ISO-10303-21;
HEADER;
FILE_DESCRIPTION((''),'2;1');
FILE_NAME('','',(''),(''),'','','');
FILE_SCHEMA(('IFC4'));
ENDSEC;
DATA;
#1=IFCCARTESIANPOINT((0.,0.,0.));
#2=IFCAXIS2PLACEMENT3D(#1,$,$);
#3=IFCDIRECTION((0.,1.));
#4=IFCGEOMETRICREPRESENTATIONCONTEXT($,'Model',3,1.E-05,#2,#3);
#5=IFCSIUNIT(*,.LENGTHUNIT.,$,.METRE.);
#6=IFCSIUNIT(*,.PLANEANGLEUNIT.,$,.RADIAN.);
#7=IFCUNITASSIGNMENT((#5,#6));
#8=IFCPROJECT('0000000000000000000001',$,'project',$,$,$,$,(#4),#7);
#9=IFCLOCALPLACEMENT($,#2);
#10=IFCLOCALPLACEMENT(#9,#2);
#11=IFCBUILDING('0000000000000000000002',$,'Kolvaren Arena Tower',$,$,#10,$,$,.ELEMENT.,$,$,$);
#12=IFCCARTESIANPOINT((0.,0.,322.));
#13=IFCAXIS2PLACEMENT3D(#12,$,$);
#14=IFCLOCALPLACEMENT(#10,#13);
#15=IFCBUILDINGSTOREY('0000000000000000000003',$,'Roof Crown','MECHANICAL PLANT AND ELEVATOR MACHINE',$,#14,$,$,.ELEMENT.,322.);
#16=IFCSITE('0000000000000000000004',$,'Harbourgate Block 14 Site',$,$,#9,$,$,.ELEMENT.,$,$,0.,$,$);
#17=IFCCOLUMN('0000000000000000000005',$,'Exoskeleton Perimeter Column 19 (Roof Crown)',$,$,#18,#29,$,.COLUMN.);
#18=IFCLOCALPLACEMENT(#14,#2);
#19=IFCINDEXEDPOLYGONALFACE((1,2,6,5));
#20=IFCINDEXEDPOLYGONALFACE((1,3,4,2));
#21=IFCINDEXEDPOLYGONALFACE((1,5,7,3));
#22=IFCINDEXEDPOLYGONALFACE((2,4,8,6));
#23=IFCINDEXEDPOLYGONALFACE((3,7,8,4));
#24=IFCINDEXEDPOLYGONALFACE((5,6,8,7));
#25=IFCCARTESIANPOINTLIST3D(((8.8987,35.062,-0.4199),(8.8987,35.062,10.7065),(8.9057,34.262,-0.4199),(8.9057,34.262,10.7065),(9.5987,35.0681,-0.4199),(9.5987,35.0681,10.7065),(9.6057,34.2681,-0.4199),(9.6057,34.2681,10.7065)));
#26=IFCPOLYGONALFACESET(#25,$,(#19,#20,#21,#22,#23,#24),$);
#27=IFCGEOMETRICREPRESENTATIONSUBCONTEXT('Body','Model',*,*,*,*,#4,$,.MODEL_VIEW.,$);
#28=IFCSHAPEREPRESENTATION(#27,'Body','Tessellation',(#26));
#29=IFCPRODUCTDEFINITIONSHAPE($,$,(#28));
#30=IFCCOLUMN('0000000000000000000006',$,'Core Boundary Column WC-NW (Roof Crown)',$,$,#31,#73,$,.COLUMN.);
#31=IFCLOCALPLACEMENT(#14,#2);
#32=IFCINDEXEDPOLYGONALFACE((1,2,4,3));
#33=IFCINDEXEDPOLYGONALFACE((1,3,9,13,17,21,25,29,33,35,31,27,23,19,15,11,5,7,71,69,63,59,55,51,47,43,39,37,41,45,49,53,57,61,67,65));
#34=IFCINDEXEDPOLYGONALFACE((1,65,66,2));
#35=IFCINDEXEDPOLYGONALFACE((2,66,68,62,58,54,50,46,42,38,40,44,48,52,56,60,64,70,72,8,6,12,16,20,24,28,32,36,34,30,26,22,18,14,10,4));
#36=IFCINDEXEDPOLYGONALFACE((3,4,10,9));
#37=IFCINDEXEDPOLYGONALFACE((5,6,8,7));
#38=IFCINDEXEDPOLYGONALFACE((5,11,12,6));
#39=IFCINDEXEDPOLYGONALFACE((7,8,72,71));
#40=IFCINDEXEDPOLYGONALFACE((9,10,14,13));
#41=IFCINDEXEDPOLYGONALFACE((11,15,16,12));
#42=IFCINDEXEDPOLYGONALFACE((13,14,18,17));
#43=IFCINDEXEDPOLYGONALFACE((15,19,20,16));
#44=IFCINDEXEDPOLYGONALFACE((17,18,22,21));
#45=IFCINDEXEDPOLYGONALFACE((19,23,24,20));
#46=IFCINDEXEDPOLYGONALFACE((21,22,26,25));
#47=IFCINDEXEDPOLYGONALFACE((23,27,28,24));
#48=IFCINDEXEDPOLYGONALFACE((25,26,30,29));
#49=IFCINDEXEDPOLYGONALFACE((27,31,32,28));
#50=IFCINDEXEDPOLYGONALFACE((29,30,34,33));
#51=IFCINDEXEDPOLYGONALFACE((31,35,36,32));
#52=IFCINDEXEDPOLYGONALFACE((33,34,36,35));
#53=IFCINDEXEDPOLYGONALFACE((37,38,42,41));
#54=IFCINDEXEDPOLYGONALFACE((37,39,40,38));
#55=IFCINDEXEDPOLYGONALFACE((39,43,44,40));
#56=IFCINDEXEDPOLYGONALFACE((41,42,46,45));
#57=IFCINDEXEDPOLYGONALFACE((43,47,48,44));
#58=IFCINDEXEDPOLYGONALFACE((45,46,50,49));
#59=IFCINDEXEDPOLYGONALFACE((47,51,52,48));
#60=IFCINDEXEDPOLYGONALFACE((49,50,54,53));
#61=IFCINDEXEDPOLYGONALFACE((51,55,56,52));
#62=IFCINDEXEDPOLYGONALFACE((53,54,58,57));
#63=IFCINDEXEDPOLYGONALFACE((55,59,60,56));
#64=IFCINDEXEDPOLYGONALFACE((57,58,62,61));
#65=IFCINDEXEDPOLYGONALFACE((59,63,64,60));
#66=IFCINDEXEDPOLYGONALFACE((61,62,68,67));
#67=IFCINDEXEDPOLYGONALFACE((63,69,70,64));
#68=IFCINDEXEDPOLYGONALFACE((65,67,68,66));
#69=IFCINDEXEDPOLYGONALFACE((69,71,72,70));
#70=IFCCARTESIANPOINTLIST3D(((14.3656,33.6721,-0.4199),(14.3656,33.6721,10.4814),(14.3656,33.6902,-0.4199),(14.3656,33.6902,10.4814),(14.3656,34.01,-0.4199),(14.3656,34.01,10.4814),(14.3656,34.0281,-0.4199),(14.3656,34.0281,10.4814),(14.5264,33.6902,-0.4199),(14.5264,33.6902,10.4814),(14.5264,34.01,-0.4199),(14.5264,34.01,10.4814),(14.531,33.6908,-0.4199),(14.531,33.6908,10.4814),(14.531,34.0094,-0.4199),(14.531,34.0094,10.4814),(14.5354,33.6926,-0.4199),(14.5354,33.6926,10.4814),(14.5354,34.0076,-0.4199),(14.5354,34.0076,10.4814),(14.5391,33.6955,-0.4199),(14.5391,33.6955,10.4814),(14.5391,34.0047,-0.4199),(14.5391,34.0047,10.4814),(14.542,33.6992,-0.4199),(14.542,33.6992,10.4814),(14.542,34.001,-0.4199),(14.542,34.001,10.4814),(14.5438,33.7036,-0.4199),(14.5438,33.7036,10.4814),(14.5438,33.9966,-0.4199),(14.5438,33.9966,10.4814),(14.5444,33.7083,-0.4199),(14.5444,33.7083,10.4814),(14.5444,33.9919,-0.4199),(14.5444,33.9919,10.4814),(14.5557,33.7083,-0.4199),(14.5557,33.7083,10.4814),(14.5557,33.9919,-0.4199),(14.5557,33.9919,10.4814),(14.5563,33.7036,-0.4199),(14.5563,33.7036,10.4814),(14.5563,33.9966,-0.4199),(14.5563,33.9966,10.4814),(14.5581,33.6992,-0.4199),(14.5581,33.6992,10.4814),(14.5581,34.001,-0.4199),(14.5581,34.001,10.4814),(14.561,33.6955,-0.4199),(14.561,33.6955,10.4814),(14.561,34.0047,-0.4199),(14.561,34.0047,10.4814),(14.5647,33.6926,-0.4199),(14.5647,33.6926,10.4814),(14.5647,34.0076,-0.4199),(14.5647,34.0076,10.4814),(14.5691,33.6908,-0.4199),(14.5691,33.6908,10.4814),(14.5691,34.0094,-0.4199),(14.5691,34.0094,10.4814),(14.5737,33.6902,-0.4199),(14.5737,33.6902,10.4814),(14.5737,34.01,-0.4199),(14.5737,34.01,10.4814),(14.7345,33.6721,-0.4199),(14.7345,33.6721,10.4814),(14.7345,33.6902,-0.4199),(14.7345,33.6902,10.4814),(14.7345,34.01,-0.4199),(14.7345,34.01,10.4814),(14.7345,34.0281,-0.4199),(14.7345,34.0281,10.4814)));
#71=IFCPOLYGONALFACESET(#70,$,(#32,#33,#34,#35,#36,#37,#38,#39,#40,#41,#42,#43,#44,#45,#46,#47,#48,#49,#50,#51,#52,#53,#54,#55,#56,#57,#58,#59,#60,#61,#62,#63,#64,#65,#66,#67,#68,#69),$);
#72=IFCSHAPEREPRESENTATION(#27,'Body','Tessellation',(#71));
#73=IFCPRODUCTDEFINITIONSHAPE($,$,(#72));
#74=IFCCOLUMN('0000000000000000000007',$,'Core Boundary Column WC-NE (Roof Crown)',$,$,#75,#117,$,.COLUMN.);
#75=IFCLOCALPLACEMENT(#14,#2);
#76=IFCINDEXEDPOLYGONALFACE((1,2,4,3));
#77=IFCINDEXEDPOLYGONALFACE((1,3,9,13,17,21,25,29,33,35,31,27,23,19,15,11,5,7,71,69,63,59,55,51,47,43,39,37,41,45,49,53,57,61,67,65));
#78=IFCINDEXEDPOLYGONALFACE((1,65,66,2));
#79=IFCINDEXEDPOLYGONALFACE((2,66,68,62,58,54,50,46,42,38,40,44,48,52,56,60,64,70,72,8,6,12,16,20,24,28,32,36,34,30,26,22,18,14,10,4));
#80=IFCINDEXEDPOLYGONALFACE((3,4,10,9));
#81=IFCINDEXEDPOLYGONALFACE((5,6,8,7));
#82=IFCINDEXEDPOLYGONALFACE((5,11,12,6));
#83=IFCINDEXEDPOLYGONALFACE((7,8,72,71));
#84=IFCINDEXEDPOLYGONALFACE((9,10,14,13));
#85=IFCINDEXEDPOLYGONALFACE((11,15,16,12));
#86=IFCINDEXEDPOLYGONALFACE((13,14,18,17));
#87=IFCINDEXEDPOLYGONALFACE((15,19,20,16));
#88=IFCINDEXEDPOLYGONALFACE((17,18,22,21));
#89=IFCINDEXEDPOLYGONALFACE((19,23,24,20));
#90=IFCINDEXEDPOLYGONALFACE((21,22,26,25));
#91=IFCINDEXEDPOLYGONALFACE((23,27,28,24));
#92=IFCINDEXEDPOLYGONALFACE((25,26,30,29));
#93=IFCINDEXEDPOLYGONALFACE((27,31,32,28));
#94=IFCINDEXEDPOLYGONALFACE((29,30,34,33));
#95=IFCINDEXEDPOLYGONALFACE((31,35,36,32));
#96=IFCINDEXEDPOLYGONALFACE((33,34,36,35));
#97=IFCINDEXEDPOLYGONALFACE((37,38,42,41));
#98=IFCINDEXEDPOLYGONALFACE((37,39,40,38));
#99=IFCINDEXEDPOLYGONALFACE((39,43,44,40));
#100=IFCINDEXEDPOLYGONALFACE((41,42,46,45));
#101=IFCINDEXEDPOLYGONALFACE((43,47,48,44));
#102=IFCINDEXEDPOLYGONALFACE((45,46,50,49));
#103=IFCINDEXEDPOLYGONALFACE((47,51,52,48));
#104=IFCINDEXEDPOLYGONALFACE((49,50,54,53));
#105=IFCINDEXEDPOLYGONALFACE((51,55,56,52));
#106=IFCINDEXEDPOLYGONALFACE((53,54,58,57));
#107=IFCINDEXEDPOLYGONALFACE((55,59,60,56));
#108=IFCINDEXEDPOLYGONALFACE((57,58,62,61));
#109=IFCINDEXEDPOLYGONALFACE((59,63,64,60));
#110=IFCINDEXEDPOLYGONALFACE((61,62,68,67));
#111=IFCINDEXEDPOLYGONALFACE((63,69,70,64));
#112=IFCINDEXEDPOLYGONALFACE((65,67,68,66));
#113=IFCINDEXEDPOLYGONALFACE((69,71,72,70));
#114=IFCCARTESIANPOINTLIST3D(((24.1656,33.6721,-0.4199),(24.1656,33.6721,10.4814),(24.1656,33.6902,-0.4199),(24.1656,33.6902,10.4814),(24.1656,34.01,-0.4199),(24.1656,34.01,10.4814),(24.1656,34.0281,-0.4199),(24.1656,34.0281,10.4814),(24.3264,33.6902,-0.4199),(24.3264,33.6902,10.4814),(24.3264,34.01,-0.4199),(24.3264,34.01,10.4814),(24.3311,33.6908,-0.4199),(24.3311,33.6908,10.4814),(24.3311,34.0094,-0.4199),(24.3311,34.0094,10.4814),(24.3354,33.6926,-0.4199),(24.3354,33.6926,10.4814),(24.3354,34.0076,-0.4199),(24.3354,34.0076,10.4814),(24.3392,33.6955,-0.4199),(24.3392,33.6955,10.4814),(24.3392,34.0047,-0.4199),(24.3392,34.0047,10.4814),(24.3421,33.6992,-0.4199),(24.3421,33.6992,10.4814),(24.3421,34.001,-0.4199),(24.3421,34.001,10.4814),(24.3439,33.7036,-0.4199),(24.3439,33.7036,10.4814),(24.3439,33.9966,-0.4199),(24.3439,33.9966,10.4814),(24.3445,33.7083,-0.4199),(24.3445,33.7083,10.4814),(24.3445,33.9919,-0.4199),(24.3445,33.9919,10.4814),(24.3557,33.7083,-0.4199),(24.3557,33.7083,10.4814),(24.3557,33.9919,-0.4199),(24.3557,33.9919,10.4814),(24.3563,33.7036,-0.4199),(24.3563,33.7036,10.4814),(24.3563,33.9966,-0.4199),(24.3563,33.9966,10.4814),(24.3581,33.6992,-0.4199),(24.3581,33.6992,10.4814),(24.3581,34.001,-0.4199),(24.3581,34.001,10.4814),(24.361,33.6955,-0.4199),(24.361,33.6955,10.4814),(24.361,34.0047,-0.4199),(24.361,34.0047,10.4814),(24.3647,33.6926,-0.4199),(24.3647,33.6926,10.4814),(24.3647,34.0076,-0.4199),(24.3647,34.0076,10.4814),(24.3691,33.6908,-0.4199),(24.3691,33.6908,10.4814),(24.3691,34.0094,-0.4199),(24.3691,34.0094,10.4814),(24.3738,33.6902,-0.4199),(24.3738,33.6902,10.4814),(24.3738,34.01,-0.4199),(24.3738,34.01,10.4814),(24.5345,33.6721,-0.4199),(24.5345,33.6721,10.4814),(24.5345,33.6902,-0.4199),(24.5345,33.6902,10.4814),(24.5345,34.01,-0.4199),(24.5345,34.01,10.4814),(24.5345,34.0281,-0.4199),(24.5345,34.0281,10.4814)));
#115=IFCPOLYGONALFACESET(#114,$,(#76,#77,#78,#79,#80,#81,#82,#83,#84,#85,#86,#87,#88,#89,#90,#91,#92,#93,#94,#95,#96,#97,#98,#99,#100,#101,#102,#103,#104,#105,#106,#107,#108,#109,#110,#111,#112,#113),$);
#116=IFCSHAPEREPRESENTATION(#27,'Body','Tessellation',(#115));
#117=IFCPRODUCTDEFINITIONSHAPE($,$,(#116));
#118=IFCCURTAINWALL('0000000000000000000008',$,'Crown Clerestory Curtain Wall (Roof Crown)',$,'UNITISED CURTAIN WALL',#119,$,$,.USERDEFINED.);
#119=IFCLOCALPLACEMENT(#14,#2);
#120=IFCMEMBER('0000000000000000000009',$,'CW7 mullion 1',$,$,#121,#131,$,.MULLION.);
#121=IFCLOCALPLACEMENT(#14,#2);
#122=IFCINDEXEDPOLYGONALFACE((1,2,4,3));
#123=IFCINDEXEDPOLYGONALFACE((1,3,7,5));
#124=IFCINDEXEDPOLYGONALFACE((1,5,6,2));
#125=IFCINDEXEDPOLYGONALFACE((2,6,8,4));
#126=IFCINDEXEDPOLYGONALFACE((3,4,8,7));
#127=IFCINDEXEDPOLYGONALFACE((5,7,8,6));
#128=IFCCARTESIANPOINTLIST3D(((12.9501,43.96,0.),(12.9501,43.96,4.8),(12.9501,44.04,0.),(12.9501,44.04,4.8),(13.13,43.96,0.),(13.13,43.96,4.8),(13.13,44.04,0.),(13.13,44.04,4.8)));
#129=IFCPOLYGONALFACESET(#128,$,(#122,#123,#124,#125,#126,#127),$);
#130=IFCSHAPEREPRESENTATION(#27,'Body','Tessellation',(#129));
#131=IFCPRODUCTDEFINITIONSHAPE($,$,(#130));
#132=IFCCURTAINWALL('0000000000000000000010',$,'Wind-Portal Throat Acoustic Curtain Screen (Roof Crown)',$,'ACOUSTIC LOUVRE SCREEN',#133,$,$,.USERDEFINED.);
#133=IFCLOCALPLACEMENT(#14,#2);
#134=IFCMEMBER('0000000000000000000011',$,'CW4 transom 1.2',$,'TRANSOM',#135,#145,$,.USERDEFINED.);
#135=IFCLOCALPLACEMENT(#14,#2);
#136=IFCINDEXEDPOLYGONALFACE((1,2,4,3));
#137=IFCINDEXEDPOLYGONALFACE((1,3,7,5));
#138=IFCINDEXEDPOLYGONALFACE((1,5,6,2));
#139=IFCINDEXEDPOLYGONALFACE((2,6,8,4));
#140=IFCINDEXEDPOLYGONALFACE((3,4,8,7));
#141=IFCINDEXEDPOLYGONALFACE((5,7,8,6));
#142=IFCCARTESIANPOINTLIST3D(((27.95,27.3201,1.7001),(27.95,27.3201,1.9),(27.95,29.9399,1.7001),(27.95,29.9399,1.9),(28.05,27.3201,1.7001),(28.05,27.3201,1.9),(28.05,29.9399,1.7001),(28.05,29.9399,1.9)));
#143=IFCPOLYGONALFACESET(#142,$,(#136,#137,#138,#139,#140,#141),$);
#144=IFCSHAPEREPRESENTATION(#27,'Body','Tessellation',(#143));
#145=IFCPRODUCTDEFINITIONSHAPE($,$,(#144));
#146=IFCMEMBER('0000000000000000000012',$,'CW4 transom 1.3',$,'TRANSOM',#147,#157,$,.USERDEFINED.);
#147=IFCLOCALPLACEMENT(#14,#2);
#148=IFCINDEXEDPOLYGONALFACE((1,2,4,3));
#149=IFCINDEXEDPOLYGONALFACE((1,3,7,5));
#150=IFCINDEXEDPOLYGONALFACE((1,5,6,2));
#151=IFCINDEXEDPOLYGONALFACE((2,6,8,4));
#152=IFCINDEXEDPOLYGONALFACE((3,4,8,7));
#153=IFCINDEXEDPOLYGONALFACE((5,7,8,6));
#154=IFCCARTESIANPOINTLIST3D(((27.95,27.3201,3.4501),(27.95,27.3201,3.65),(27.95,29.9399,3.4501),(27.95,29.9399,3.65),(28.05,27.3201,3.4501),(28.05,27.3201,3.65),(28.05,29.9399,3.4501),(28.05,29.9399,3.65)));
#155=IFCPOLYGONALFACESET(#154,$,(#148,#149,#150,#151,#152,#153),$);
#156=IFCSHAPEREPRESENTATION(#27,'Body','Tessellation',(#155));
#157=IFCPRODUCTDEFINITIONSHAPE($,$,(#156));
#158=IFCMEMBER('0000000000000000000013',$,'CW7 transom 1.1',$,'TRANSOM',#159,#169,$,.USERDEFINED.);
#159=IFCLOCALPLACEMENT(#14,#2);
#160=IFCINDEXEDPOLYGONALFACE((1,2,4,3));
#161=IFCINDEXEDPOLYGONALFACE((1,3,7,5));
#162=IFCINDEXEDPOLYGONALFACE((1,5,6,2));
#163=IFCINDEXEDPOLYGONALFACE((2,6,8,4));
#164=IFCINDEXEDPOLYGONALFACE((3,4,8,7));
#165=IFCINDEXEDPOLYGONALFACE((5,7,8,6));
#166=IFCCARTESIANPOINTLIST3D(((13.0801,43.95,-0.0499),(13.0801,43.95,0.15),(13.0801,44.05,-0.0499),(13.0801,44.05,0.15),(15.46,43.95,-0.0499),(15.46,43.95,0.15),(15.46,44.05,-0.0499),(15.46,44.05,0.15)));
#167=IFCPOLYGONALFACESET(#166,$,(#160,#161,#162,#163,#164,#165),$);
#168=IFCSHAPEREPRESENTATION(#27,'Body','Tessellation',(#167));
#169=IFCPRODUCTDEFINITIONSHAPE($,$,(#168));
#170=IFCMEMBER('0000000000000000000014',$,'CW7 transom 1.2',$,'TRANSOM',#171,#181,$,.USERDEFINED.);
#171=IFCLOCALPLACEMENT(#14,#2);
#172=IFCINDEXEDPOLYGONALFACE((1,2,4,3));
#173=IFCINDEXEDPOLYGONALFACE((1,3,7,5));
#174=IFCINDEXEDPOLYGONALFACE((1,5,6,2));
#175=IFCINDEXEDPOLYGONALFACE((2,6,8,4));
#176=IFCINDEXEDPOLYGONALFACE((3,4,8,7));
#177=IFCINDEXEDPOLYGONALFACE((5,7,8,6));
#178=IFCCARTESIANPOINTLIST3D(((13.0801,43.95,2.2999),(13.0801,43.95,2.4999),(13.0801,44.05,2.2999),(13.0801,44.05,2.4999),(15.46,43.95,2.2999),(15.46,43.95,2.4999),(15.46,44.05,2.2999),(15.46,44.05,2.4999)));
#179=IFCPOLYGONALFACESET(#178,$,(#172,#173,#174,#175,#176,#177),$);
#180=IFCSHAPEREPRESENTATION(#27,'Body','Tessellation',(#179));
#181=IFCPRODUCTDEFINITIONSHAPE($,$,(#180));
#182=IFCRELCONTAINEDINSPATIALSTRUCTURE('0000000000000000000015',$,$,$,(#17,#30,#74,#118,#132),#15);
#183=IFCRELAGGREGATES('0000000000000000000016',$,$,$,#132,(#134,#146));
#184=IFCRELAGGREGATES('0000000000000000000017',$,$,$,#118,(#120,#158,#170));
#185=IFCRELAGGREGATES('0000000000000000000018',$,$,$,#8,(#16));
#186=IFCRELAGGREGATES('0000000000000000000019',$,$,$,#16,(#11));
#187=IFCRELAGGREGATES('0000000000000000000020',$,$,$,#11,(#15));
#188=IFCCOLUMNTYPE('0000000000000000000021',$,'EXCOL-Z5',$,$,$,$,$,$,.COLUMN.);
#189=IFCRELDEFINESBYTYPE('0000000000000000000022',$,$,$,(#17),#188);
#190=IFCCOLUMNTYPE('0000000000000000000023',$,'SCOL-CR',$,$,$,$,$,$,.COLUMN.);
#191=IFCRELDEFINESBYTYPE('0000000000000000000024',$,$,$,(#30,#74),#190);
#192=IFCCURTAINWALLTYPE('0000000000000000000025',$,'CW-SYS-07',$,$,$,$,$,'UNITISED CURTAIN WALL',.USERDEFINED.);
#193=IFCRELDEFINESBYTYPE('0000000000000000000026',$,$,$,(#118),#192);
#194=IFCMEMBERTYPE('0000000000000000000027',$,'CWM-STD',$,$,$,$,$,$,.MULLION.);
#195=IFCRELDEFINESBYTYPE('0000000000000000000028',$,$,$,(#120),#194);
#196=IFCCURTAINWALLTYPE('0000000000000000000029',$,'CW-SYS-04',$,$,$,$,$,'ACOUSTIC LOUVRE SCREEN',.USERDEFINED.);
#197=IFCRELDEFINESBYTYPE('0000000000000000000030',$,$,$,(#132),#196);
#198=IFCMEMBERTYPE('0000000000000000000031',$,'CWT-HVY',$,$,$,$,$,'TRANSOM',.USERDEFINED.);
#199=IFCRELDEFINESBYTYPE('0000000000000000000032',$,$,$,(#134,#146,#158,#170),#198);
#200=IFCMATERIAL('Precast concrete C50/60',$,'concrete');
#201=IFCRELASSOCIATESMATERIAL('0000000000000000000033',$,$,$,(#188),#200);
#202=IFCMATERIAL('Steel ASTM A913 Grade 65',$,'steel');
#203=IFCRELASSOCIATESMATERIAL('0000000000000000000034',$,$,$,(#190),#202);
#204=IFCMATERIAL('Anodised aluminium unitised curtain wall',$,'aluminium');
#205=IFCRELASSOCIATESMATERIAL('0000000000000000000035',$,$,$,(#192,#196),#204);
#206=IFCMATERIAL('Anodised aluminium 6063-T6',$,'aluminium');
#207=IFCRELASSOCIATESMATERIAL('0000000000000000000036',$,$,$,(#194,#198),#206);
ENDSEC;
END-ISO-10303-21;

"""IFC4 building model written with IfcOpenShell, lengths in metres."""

from ifc_helpers import new_model, si_unit, direction, frame, origin, origin_2d, place, context, subcontext, project, spatial, rectangle, i_section, extrude, material, material_profile, profile_set, type_object, element, aggregate, save


model = new_model("IFC4")

# Units and contexts
model_context = context("Model", 3, precision=1e-05, world=origin(), true_north=direction((0.0, 1.0)))
body_context = subcontext(model_context, "Body", "Model", "MODEL_VIEW")
ifc_project = project(units=[si_unit("LENGTHUNIT", "METRE"), si_unit("PLANEANGLEUNIT", "RADIAN")], contexts=[model_context])

# Site, building, storey
site_placement = place(None, origin())
site = spatial("IfcSite", under=ifc_project, at=site_placement, Name="Harbourgate Block 14 Site", CompositionType="ELEMENT", RefElevation=0.0)
building_placement = place(site_placement, origin())
building = spatial("IfcBuilding", under=site, at=building_placement, Name="Kolvaren Arena Tower", CompositionType="ELEMENT")
storey_placement = place(building_placement, frame((0.0, 0.0, 322.0)))
storey = spatial("IfcBuildingStorey", under=building, at=storey_placement, Name="Roof Crown", Description="MECHANICAL PLANT AND ELEVATOR MACHINE", CompositionType="ELEMENT", Elevation=322.0)

# Columns
ifc_material_1 = material(Name="Precast concrete C50/60", Category="concrete")
ifc_material_profile_1 = material_profile(ifc_material_1, rectangle(XDim=0.8, YDim=0.7, at=origin_2d()), Name="RC-800x700")
ifc_profile_set_1 = profile_set([ifc_material_profile_1], Name="Precast concrete C50/60")
column_type_1 = type_object("IfcColumnType", Name="EXCOL-Z5", PredefinedType="COLUMN", material=ifc_profile_set_1)
column_placement = place(storey_placement, frame((9.2522, 34.665, -0.4199), z_axis=(0.0, 0.0, 1.0), x_axis=(-0.008727, 0.999962, 0.0)))
element("IfcColumn", 1, at=column_placement, inside=storey, type_object=column_type_1, Name="Exoskeleton Perimeter Column 19 (Roof Crown)", PredefinedType="COLUMN", context=body_context, shape_type="SweptSolid", body=[
    extrude(rectangle(XDim=0.8, YDim=0.7, at=origin_2d()), origin(), (0.0, 0.0, 1.0), 11.1265),
])
ifc_material_2 = material(Name="Steel ASTM A913 Grade 65", Category="steel")
ifc_material_profile_2 = material_profile(ifc_material_2, i_section(OverallWidth=0.3689, OverallDepth=0.356, WebThickness=0.0112, FlangeThickness=0.0181, FilletRadius=0.0181, at=origin_2d()), Name="W360x134")
ifc_profile_set_2 = profile_set([ifc_material_profile_2], Name="Steel ASTM A913 Grade 65")
column_type_2 = type_object("IfcColumnType", Name="SCOL-CR", PredefinedType="COLUMN", material=ifc_profile_set_2)
for number, where, z_axis, x_axis, name in (
    (2, (14.55, 33.8501, -0.4199), (0.0, 0.0, 1.0), (1.0, 0.0, 0.0), "Core Boundary Column WC-NW (Roof Crown)"),
    (3, (24.3501, 33.8501, -0.4199), (0.0, 0.0, 1.0), (1.0, 0.0, 0.0), "Core Boundary Column WC-NE (Roof Crown)"),
):
    element("IfcColumn", number, at=place(storey_placement, frame(where, z_axis=z_axis, x_axis=x_axis)), inside=storey, type_object=column_type_2, Name=name, PredefinedType="COLUMN", context=body_context, shape_type="SweptSolid", body=[
        extrude(i_section(OverallWidth=0.3689, OverallDepth=0.356, WebThickness=0.0112, FlangeThickness=0.0181, FilletRadius=0.0181, at=origin_2d()), origin(), (0.0, 0.0, 1.0), 10.9014),
    ])

# Curtain wall, member
ifc_material_3 = material(Name="Anodised aluminium unitised curtain wall", Category="aluminium")
curtain_wall_type_1 = type_object("IfcCurtainWallType", Name="CW-SYS-07", ElementType="UNITISED CURTAIN WALL", PredefinedType="USERDEFINED", material=ifc_material_3)
curtain_wall_1_placement = place(storey_placement, origin())
curtain_wall_1 = element("IfcCurtainWall", 4, at=curtain_wall_1_placement, inside=storey, type_object=curtain_wall_type_1, Name="Crown Clerestory Curtain Wall (Roof Crown)", ObjectType="UNITISED CURTAIN WALL", PredefinedType="USERDEFINED")
ifc_material_4 = material(Name="Anodised aluminium 6063-T6", Category="aluminium")
ifc_material_profile_3 = material_profile(ifc_material_4, rectangle(XDim=0.0801, YDim=0.1799, at=origin_2d()), Name="ALU-80x180")
ifc_profile_set_3 = profile_set([ifc_material_profile_3], Name="Anodised aluminium 6063-T6")
member_type_1 = type_object("IfcMemberType", Name="CWM-STD", PredefinedType="MULLION", material=ifc_profile_set_3)
member_1_placement = place(storey_placement, frame((13.04, 44.0, 0.0), z_axis=(0.0, 0.0, 1.0), x_axis=(0.0, 1.0, 0.0)))
member_1 = element("IfcMember", 5, at=member_1_placement, type_object=member_type_1, Name="CW7 mullion 1", PredefinedType="MULLION", context=body_context, shape_type="SweptSolid", body=[
    extrude(rectangle(XDim=0.0801, YDim=0.1799, at=origin_2d()), origin(), (0.0, 0.0, 1.0), 4.8),
])

# Curtain wall, members
curtain_wall_type_2 = type_object("IfcCurtainWallType", Name="CW-SYS-04", ElementType="ACOUSTIC LOUVRE SCREEN", PredefinedType="USERDEFINED", material=ifc_material_3)
curtain_wall_2_placement = place(storey_placement, origin())
curtain_wall_2 = element("IfcCurtainWall", 6, at=curtain_wall_2_placement, inside=storey, type_object=curtain_wall_type_2, Name="Wind-Portal Throat Acoustic Curtain Screen (Roof Crown)", ObjectType="ACOUSTIC LOUVRE SCREEN", PredefinedType="USERDEFINED")
ifc_material_profile_4 = material_profile(ifc_material_4, rectangle(XDim=0.1001, YDim=0.2, at=origin_2d()), Name="ALU-100x200")
ifc_profile_set_4 = profile_set([ifc_material_profile_4], Name="Anodised aluminium 6063-T6")
member_type_2 = type_object("IfcMemberType", Name="CWT-HVY", ElementType="TRANSOM", PredefinedType="USERDEFINED", material=ifc_profile_set_4)
member_2_placement = place(storey_placement, frame((28.0, 27.3201, 1.8), z_axis=(0.0, 1.0, 0.0), x_axis=(-1.0, 0.0, 0.0)))
member_2 = element("IfcMember", 7, at=member_2_placement, type_object=member_type_2, Name="CW4 transom 1.2", ObjectType="TRANSOM", PredefinedType="USERDEFINED", context=body_context, shape_type="SweptSolid", body=[
    extrude(rectangle(XDim=0.1001, YDim=0.2, at=origin_2d()), origin(), (0.0, 0.0, 1.0), 2.6199),
])
member_3_placement = place(storey_placement, frame((28.0, 27.3201, 3.55), z_axis=(0.0, 1.0, 0.0), x_axis=(-1.0, 0.0, 0.0)))
member_3 = element("IfcMember", 8, at=member_3_placement, type_object=member_type_2, Name="CW4 transom 1.3", ObjectType="TRANSOM", PredefinedType="USERDEFINED", context=body_context, shape_type="SweptSolid", body=[
    extrude(rectangle(XDim=0.1001, YDim=0.2, at=origin_2d()), origin(), (0.0, 0.0, 1.0), 2.6199),
])
aggregate(curtain_wall_2, [member_2, member_3])

# Members
member_4_placement = place(storey_placement, frame((13.0801, 44.0, 0.05), z_axis=(1.0, 0.0, 0.0), x_axis=(0.0, 1.0, 0.0)))
member_4 = element("IfcMember", 9, at=member_4_placement, type_object=member_type_2, Name="CW7 transom 1.1", ObjectType="TRANSOM", PredefinedType="USERDEFINED", context=body_context, shape_type="SweptSolid", body=[
    extrude(rectangle(XDim=0.1001, YDim=0.2, at=origin_2d()), origin(), (0.0, 0.0, 1.0), 2.3799),
])
member_5_placement = place(storey_placement, frame((13.0801, 44.0, 2.3999), z_axis=(1.0, 0.0, 0.0), x_axis=(0.0, 1.0, 0.0)))
member_5 = element("IfcMember", 10, at=member_5_placement, type_object=member_type_2, Name="CW7 transom 1.2", ObjectType="TRANSOM", PredefinedType="USERDEFINED", context=body_context, shape_type="SweptSolid", body=[
    extrude(rectangle(XDim=0.1001, YDim=0.2, at=origin_2d()), origin(), (0.0, 0.0, 1.0), 2.3799),
])
aggregate(curtain_wall_1, [member_1, member_4, member_5])

save(model, "model.ifc")
